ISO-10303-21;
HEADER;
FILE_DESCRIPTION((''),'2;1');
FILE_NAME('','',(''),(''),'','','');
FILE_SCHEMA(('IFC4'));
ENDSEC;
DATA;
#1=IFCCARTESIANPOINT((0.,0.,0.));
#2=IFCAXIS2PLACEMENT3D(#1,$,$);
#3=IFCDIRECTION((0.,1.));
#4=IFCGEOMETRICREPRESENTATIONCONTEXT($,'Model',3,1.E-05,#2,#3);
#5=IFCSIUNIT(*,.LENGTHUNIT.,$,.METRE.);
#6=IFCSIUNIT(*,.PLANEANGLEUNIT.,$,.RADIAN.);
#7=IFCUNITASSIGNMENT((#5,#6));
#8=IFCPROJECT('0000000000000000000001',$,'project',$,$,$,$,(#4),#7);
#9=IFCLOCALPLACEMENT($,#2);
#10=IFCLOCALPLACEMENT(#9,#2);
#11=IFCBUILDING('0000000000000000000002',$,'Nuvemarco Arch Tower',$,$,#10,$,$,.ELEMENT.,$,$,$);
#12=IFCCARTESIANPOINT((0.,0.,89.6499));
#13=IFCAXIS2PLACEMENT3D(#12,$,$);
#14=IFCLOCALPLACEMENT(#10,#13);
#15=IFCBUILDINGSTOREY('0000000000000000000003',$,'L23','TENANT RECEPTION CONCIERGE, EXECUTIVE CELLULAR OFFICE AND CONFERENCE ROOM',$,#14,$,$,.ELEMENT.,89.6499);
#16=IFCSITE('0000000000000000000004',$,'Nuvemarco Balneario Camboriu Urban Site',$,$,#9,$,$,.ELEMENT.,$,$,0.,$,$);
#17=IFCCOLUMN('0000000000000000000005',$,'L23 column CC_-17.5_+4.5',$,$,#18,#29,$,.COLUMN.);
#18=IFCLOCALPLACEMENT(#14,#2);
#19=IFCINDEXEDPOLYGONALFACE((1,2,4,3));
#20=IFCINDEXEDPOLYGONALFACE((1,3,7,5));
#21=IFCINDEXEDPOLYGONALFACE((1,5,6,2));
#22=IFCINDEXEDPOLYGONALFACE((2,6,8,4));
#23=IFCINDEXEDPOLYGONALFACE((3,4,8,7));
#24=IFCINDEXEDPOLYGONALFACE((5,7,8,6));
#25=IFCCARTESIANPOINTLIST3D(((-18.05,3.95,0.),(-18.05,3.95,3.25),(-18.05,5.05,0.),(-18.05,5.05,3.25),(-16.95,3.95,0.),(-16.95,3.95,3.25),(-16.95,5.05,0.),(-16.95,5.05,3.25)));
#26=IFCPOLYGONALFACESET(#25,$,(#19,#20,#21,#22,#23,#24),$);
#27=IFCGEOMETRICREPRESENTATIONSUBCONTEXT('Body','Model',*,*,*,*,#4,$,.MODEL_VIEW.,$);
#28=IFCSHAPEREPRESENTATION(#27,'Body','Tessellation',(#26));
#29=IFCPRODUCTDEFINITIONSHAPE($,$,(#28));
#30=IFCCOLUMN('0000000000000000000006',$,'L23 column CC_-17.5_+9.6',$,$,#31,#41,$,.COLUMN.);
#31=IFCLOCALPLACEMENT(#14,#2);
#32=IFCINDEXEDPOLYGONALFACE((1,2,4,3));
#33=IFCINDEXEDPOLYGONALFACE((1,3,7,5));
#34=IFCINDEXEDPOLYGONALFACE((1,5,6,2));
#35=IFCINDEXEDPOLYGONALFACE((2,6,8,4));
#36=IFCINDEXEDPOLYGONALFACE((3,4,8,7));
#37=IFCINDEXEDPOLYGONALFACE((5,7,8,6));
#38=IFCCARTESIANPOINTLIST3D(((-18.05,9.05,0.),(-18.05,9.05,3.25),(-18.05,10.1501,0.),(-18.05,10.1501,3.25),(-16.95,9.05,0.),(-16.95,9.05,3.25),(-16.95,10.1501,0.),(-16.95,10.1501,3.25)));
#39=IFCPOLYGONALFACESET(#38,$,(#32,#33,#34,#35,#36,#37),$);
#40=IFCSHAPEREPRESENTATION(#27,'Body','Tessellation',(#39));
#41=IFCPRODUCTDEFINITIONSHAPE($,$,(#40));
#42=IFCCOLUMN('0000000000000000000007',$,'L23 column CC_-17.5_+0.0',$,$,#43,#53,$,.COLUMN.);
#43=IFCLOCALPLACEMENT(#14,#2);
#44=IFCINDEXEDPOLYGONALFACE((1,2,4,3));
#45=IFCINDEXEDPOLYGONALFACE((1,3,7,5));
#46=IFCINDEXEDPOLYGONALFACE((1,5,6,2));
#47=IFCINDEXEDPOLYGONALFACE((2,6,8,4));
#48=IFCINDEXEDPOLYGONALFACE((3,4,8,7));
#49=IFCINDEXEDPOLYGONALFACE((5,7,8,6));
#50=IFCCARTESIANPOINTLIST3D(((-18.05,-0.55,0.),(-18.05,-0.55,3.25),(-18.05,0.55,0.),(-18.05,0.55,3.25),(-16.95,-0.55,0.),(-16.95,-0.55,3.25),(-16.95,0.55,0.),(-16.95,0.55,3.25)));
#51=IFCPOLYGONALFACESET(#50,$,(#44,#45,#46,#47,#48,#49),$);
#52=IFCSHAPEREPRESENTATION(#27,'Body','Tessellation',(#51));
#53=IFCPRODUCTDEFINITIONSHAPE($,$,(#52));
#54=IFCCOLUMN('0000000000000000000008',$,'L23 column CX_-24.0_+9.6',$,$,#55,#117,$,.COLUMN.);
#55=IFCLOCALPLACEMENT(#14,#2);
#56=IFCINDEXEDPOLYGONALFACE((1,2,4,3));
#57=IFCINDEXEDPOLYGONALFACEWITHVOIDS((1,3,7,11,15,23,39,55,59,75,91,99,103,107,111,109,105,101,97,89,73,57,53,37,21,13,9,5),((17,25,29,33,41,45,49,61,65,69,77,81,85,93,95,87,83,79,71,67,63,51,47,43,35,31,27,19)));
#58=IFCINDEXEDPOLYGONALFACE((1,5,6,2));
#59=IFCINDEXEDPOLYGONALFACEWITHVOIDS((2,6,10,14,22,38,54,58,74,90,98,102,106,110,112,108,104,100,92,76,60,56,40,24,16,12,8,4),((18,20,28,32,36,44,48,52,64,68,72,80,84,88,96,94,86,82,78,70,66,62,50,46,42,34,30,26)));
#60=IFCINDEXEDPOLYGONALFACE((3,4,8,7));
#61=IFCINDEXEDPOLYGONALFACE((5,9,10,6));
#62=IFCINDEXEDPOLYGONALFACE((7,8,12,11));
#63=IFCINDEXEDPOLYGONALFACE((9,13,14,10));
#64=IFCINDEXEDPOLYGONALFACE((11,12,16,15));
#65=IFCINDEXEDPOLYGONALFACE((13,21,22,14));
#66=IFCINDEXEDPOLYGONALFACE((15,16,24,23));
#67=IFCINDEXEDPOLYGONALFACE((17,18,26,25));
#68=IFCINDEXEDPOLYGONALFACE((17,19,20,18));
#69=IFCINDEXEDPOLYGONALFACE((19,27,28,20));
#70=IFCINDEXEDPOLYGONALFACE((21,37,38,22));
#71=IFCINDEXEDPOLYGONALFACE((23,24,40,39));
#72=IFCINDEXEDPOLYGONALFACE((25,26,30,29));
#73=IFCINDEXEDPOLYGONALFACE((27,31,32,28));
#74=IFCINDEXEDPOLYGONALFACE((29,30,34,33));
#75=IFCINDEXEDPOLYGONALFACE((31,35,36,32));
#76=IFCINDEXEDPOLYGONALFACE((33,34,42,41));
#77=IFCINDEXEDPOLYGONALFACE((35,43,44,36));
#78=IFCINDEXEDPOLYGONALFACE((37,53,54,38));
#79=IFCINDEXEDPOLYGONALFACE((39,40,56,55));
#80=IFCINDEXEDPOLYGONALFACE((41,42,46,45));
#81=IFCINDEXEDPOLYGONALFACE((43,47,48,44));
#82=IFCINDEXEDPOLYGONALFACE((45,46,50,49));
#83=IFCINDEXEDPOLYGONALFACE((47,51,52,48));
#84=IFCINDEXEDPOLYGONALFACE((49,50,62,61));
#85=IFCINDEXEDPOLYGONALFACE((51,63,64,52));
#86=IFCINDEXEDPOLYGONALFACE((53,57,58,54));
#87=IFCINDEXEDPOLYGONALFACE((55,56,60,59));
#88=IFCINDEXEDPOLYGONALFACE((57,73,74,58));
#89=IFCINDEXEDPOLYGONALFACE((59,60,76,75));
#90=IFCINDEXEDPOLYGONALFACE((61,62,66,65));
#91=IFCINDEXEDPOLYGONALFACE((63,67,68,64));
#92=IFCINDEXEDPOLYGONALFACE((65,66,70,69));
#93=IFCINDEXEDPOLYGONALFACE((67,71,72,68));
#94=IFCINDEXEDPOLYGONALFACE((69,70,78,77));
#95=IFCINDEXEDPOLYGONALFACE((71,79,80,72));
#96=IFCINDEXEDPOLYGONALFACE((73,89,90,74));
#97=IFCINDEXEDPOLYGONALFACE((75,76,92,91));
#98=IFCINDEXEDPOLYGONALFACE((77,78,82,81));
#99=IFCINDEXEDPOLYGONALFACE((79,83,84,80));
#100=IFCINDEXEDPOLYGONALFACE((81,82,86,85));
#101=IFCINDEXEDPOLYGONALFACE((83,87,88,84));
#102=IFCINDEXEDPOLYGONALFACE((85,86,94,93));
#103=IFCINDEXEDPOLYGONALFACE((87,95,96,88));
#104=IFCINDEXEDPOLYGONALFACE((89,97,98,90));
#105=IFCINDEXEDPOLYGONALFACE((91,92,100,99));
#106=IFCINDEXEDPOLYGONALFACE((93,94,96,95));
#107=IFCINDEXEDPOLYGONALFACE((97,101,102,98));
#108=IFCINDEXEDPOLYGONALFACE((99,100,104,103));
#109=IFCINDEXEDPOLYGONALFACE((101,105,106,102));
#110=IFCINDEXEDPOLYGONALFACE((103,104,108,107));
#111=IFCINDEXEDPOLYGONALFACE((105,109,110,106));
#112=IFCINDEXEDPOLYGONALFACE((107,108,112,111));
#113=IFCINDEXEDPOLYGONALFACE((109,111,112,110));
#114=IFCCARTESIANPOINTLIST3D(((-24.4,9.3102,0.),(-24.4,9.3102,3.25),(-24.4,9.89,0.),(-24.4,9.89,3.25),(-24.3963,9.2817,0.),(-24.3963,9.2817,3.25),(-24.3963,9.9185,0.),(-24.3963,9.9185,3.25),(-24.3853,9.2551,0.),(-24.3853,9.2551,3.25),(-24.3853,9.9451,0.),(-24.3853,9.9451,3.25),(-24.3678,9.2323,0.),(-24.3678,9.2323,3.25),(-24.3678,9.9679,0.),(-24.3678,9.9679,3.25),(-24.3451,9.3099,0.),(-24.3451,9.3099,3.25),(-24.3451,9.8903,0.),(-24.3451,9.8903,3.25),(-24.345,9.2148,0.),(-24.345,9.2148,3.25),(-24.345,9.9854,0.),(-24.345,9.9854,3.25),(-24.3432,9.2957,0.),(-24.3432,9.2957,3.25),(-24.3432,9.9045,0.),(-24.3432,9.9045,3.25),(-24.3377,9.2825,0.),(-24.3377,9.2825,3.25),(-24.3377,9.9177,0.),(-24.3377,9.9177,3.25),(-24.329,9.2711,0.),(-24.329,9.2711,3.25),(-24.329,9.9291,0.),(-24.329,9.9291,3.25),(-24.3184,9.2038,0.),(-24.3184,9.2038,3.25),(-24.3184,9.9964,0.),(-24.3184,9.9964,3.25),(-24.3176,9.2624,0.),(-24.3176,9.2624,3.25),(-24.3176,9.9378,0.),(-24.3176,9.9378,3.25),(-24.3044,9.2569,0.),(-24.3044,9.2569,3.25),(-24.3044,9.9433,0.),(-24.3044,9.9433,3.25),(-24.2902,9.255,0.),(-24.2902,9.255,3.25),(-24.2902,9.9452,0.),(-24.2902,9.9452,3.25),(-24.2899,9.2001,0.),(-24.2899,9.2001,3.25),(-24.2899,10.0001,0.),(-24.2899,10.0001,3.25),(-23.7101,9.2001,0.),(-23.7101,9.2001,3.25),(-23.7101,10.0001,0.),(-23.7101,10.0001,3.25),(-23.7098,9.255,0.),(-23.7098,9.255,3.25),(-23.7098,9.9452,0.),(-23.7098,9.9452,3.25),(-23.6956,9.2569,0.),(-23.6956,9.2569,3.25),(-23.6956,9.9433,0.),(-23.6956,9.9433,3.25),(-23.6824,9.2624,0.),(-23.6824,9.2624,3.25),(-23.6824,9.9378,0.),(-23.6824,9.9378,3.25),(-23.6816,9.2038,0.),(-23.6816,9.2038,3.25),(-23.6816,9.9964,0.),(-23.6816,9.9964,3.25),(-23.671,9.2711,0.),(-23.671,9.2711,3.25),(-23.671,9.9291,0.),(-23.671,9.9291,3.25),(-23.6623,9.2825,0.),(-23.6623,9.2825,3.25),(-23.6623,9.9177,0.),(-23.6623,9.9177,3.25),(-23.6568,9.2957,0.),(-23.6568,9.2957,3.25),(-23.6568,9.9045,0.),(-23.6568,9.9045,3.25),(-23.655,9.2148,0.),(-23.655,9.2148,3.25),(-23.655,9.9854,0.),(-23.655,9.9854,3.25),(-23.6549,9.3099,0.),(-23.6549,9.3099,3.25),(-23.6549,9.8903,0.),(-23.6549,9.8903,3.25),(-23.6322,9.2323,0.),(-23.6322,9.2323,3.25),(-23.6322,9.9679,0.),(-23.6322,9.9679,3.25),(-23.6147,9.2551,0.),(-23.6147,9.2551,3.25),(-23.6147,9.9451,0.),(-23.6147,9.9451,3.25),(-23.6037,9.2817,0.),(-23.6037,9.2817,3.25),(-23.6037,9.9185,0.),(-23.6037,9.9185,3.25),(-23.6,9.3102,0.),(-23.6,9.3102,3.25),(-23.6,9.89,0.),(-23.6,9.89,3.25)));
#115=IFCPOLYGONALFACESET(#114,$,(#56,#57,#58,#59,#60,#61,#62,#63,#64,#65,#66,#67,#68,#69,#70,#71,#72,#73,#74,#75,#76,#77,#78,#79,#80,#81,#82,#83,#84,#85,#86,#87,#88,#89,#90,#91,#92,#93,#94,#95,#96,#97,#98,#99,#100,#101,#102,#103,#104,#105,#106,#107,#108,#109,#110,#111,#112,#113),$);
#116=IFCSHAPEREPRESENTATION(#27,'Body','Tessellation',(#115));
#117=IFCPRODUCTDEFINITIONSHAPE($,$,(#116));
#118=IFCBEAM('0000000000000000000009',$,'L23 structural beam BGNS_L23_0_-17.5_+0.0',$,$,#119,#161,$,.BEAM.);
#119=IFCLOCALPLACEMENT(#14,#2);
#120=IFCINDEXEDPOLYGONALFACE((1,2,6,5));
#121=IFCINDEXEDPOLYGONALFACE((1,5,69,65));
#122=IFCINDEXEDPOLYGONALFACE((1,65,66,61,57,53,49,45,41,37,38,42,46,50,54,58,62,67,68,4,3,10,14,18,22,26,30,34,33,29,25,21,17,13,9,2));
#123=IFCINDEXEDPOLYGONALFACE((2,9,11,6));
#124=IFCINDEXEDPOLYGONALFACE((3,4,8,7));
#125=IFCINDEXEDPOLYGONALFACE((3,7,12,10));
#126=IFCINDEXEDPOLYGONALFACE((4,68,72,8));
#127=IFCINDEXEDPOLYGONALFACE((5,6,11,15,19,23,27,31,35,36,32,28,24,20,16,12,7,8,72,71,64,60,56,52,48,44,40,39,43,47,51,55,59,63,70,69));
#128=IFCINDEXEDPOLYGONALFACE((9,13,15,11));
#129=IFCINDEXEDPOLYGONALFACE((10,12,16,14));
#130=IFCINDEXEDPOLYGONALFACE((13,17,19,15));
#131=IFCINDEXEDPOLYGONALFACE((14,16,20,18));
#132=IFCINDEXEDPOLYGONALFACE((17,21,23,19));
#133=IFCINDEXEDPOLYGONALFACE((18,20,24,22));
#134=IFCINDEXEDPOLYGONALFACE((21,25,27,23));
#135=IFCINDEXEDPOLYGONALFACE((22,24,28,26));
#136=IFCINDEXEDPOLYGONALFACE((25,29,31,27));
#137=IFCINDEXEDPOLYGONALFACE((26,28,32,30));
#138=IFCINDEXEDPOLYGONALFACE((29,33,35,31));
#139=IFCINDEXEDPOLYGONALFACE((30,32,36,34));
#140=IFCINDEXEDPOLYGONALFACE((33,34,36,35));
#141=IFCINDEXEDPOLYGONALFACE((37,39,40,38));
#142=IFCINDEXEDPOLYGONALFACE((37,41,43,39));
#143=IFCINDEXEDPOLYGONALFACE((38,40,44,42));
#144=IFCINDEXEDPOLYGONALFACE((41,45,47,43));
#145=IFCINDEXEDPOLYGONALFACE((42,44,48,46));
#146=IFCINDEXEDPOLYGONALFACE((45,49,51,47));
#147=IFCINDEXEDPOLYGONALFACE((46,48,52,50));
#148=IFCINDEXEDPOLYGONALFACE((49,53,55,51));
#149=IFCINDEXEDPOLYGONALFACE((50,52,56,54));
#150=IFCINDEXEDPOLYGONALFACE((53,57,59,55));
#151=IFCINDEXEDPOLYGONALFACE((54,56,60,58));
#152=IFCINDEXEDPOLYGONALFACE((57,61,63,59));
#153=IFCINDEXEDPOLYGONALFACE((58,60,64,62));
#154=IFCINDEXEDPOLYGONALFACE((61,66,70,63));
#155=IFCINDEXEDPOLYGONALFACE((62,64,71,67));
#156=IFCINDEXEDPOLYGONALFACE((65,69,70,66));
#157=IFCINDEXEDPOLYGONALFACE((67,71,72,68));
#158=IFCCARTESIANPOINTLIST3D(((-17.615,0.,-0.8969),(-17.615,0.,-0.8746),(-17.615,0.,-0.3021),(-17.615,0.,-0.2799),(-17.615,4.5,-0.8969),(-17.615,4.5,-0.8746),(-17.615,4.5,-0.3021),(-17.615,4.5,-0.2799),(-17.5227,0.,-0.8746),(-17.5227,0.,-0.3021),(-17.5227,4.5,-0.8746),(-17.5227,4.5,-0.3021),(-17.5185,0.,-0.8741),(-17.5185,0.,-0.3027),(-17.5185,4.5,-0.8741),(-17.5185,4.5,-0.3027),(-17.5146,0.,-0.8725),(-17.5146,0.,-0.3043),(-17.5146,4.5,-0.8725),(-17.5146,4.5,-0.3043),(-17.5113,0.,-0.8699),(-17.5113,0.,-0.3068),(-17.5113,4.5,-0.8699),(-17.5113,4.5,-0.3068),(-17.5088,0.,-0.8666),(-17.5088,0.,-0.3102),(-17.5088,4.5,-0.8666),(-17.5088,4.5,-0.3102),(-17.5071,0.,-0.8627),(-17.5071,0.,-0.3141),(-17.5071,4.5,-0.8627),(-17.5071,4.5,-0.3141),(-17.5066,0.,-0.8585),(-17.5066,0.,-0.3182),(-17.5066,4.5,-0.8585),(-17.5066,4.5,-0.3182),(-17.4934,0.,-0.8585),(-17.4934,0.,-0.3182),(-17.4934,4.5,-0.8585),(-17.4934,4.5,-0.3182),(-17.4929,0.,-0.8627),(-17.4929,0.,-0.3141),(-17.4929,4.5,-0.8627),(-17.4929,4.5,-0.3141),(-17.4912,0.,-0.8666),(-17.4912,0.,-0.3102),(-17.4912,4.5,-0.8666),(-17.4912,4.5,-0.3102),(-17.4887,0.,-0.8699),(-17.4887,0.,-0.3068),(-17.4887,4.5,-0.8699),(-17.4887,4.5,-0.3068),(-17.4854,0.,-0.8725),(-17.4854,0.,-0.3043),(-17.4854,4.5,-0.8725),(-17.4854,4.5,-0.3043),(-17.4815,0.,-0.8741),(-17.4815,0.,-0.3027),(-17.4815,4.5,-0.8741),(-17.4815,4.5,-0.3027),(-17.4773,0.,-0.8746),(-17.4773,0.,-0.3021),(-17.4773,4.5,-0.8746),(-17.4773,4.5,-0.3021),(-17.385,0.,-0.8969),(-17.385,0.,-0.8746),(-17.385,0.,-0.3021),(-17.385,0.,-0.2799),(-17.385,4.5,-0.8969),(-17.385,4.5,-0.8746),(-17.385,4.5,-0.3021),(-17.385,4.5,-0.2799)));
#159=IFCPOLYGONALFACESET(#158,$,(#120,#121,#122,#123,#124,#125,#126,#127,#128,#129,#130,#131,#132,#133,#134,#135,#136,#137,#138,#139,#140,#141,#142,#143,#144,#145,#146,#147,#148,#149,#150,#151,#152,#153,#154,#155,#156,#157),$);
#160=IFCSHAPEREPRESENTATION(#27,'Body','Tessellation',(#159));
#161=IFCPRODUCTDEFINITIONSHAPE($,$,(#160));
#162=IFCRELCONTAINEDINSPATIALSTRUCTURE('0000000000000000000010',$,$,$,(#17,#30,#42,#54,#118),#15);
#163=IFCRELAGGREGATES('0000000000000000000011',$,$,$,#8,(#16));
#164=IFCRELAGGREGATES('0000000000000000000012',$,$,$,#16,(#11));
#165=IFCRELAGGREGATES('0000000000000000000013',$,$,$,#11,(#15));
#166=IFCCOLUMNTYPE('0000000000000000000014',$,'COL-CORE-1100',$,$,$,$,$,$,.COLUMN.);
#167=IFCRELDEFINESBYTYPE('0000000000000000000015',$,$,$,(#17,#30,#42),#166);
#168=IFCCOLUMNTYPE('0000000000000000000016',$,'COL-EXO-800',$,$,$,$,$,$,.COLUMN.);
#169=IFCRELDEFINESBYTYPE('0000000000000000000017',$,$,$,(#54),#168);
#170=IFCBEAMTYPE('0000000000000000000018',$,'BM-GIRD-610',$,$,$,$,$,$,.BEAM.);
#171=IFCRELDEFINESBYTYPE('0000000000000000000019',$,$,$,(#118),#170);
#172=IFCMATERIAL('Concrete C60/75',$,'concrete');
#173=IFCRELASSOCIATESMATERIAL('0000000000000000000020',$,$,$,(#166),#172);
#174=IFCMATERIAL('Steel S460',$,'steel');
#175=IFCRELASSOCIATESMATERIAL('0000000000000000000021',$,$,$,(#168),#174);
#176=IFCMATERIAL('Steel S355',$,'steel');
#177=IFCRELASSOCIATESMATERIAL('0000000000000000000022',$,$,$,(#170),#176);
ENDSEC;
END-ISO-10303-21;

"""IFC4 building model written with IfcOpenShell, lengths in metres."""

from ifc_helpers import new_model, si_unit, direction, frame, origin, origin_2d, place, context, subcontext, project, spatial, rectangle, hollow_rectangle, i_section, extrude, material, material_profile, profile_set, type_object, element, save


model = new_model("IFC4")

# Units and contexts
model_context = context("Model", 3, precision=1e-05, world=origin(), true_north=direction((0.0, 1.0)))
body_context = subcontext(model_context, "Body", "Model", "MODEL_VIEW")
ifc_project = project(units=[si_unit("LENGTHUNIT", "METRE"), si_unit("PLANEANGLEUNIT", "RADIAN")], contexts=[model_context])

# Site, building, storey
site_placement = place(None, origin())
site = spatial("IfcSite", under=ifc_project, at=site_placement, Name="Nuvemarco Balneario Camboriu Urban Site", CompositionType="ELEMENT", RefElevation=0.0)
building_placement = place(site_placement, origin())
building = spatial("IfcBuilding", under=site, at=building_placement, Name="Nuvemarco Arch Tower", CompositionType="ELEMENT")
storey_placement = place(building_placement, frame((0.0, 0.0, 89.6499)))
storey = spatial("IfcBuildingStorey", under=building, at=storey_placement, Name="L23", Description="TENANT RECEPTION CONCIERGE, EXECUTIVE CELLULAR OFFICE AND CONFERENCE ROOM", CompositionType="ELEMENT", Elevation=89.6499)

# Columns
ifc_material_1 = material(Name="Concrete C60/75", Category="concrete")
ifc_material_profile_1 = material_profile(ifc_material_1, rectangle(XDim=1.1001, YDim=1.1001, at=origin_2d()), Name="RC-COL-1100x1100")
ifc_profile_set_1 = profile_set([ifc_material_profile_1], Name="Concrete C60/75")
column_type_1 = type_object("IfcColumnType", Name="COL-CORE-1100", PredefinedType="COLUMN", material=ifc_profile_set_1)
for number, where, z_axis, x_axis, name in (
    (1, (-17.5, 4.5, 0.0), (0.0, 0.0, 1.0), (1.0, 0.0, 0.0), "L23 column CC_-17.5_+4.5"),
    (2, (-17.5, 9.6001, 0.0), (0.0, 0.0, 1.0), (1.0, 0.0, 0.0), "L23 column CC_-17.5_+9.6"),
    (3, (-17.5, 0.0, 0.0), (0.0, 0.0, 1.0), (1.0, 0.0, 0.0), "L23 column CC_-17.5_+0.0"),
):
    element("IfcColumn", number, at=place(storey_placement, frame(where, z_axis=z_axis, x_axis=x_axis)), inside=storey, type_object=column_type_1, Name=name, PredefinedType="COLUMN", context=body_context, shape_type="SweptSolid", body=[
        extrude(rectangle(XDim=1.1001, YDim=1.1001, at=origin_2d()), origin(), (0.0, 0.0, 1.0), 3.25),
    ])
ifc_material_2 = material(Name="Steel S460", Category="steel")
ifc_material_profile_2 = material_profile(ifc_material_2, hollow_rectangle(XDim=0.8, YDim=0.8, WallThickness=0.0549, InnerFilletRadius=0.0549, OuterFilletRadius=0.1101, at=origin_2d()), Name="SHS800x800x55")
ifc_profile_set_2 = profile_set([ifc_material_profile_2], Name="Steel S460")
column_type_2 = type_object("IfcColumnType", Name="COL-EXO-800", PredefinedType="COLUMN", material=ifc_profile_set_2)
column_placement = place(storey_placement, frame((-24.0, 9.6001, 0.0), z_axis=(0.0, 0.0, 1.0), x_axis=(1.0, 0.0, 0.0)))
element("IfcColumn", 4, at=column_placement, inside=storey, type_object=column_type_2, Name="L23 column CX_-24.0_+9.6", PredefinedType="COLUMN", context=body_context, shape_type="SweptSolid", body=[
    extrude(hollow_rectangle(XDim=0.8, YDim=0.8, WallThickness=0.0549, InnerFilletRadius=0.0549, OuterFilletRadius=0.1101, at=origin_2d()), origin(), (0.0, 0.0, 1.0), 3.25),
])

# Beam
ifc_material_3 = material(Name="Steel S355", Category="steel")
ifc_material_profile_3 = material_profile(ifc_material_3, i_section(OverallWidth=0.23, OverallDepth=0.6169, WebThickness=0.0132, FlangeThickness=0.0222, FilletRadius=0.0161, at=origin_2d()), Name="W610x140")
ifc_profile_set_3 = profile_set([ifc_material_profile_3], Name="Steel S355")
beam_type_1 = type_object("IfcBeamType", Name="BM-GIRD-610", PredefinedType="BEAM", material=ifc_profile_set_3)
beam_1_placement = place(storey_placement, frame((-17.5, 0.0, -0.5884), z_axis=(0.0, 1.0, 0.0), x_axis=(-1.0, 0.0, 0.0)))
element("IfcBeam", 5, at=beam_1_placement, inside=storey, type_object=beam_type_1, Name="L23 structural beam BGNS_L23_0_-17.5_+0.0", PredefinedType="BEAM", context=body_context, shape_type="SweptSolid", body=[
    extrude(i_section(OverallWidth=0.23, OverallDepth=0.6169, WebThickness=0.0132, FlangeThickness=0.0222, FilletRadius=0.0161, at=origin_2d()), origin(), (0.0, 0.0, 1.0), 4.5),
])

save(model, "model.ifc")
